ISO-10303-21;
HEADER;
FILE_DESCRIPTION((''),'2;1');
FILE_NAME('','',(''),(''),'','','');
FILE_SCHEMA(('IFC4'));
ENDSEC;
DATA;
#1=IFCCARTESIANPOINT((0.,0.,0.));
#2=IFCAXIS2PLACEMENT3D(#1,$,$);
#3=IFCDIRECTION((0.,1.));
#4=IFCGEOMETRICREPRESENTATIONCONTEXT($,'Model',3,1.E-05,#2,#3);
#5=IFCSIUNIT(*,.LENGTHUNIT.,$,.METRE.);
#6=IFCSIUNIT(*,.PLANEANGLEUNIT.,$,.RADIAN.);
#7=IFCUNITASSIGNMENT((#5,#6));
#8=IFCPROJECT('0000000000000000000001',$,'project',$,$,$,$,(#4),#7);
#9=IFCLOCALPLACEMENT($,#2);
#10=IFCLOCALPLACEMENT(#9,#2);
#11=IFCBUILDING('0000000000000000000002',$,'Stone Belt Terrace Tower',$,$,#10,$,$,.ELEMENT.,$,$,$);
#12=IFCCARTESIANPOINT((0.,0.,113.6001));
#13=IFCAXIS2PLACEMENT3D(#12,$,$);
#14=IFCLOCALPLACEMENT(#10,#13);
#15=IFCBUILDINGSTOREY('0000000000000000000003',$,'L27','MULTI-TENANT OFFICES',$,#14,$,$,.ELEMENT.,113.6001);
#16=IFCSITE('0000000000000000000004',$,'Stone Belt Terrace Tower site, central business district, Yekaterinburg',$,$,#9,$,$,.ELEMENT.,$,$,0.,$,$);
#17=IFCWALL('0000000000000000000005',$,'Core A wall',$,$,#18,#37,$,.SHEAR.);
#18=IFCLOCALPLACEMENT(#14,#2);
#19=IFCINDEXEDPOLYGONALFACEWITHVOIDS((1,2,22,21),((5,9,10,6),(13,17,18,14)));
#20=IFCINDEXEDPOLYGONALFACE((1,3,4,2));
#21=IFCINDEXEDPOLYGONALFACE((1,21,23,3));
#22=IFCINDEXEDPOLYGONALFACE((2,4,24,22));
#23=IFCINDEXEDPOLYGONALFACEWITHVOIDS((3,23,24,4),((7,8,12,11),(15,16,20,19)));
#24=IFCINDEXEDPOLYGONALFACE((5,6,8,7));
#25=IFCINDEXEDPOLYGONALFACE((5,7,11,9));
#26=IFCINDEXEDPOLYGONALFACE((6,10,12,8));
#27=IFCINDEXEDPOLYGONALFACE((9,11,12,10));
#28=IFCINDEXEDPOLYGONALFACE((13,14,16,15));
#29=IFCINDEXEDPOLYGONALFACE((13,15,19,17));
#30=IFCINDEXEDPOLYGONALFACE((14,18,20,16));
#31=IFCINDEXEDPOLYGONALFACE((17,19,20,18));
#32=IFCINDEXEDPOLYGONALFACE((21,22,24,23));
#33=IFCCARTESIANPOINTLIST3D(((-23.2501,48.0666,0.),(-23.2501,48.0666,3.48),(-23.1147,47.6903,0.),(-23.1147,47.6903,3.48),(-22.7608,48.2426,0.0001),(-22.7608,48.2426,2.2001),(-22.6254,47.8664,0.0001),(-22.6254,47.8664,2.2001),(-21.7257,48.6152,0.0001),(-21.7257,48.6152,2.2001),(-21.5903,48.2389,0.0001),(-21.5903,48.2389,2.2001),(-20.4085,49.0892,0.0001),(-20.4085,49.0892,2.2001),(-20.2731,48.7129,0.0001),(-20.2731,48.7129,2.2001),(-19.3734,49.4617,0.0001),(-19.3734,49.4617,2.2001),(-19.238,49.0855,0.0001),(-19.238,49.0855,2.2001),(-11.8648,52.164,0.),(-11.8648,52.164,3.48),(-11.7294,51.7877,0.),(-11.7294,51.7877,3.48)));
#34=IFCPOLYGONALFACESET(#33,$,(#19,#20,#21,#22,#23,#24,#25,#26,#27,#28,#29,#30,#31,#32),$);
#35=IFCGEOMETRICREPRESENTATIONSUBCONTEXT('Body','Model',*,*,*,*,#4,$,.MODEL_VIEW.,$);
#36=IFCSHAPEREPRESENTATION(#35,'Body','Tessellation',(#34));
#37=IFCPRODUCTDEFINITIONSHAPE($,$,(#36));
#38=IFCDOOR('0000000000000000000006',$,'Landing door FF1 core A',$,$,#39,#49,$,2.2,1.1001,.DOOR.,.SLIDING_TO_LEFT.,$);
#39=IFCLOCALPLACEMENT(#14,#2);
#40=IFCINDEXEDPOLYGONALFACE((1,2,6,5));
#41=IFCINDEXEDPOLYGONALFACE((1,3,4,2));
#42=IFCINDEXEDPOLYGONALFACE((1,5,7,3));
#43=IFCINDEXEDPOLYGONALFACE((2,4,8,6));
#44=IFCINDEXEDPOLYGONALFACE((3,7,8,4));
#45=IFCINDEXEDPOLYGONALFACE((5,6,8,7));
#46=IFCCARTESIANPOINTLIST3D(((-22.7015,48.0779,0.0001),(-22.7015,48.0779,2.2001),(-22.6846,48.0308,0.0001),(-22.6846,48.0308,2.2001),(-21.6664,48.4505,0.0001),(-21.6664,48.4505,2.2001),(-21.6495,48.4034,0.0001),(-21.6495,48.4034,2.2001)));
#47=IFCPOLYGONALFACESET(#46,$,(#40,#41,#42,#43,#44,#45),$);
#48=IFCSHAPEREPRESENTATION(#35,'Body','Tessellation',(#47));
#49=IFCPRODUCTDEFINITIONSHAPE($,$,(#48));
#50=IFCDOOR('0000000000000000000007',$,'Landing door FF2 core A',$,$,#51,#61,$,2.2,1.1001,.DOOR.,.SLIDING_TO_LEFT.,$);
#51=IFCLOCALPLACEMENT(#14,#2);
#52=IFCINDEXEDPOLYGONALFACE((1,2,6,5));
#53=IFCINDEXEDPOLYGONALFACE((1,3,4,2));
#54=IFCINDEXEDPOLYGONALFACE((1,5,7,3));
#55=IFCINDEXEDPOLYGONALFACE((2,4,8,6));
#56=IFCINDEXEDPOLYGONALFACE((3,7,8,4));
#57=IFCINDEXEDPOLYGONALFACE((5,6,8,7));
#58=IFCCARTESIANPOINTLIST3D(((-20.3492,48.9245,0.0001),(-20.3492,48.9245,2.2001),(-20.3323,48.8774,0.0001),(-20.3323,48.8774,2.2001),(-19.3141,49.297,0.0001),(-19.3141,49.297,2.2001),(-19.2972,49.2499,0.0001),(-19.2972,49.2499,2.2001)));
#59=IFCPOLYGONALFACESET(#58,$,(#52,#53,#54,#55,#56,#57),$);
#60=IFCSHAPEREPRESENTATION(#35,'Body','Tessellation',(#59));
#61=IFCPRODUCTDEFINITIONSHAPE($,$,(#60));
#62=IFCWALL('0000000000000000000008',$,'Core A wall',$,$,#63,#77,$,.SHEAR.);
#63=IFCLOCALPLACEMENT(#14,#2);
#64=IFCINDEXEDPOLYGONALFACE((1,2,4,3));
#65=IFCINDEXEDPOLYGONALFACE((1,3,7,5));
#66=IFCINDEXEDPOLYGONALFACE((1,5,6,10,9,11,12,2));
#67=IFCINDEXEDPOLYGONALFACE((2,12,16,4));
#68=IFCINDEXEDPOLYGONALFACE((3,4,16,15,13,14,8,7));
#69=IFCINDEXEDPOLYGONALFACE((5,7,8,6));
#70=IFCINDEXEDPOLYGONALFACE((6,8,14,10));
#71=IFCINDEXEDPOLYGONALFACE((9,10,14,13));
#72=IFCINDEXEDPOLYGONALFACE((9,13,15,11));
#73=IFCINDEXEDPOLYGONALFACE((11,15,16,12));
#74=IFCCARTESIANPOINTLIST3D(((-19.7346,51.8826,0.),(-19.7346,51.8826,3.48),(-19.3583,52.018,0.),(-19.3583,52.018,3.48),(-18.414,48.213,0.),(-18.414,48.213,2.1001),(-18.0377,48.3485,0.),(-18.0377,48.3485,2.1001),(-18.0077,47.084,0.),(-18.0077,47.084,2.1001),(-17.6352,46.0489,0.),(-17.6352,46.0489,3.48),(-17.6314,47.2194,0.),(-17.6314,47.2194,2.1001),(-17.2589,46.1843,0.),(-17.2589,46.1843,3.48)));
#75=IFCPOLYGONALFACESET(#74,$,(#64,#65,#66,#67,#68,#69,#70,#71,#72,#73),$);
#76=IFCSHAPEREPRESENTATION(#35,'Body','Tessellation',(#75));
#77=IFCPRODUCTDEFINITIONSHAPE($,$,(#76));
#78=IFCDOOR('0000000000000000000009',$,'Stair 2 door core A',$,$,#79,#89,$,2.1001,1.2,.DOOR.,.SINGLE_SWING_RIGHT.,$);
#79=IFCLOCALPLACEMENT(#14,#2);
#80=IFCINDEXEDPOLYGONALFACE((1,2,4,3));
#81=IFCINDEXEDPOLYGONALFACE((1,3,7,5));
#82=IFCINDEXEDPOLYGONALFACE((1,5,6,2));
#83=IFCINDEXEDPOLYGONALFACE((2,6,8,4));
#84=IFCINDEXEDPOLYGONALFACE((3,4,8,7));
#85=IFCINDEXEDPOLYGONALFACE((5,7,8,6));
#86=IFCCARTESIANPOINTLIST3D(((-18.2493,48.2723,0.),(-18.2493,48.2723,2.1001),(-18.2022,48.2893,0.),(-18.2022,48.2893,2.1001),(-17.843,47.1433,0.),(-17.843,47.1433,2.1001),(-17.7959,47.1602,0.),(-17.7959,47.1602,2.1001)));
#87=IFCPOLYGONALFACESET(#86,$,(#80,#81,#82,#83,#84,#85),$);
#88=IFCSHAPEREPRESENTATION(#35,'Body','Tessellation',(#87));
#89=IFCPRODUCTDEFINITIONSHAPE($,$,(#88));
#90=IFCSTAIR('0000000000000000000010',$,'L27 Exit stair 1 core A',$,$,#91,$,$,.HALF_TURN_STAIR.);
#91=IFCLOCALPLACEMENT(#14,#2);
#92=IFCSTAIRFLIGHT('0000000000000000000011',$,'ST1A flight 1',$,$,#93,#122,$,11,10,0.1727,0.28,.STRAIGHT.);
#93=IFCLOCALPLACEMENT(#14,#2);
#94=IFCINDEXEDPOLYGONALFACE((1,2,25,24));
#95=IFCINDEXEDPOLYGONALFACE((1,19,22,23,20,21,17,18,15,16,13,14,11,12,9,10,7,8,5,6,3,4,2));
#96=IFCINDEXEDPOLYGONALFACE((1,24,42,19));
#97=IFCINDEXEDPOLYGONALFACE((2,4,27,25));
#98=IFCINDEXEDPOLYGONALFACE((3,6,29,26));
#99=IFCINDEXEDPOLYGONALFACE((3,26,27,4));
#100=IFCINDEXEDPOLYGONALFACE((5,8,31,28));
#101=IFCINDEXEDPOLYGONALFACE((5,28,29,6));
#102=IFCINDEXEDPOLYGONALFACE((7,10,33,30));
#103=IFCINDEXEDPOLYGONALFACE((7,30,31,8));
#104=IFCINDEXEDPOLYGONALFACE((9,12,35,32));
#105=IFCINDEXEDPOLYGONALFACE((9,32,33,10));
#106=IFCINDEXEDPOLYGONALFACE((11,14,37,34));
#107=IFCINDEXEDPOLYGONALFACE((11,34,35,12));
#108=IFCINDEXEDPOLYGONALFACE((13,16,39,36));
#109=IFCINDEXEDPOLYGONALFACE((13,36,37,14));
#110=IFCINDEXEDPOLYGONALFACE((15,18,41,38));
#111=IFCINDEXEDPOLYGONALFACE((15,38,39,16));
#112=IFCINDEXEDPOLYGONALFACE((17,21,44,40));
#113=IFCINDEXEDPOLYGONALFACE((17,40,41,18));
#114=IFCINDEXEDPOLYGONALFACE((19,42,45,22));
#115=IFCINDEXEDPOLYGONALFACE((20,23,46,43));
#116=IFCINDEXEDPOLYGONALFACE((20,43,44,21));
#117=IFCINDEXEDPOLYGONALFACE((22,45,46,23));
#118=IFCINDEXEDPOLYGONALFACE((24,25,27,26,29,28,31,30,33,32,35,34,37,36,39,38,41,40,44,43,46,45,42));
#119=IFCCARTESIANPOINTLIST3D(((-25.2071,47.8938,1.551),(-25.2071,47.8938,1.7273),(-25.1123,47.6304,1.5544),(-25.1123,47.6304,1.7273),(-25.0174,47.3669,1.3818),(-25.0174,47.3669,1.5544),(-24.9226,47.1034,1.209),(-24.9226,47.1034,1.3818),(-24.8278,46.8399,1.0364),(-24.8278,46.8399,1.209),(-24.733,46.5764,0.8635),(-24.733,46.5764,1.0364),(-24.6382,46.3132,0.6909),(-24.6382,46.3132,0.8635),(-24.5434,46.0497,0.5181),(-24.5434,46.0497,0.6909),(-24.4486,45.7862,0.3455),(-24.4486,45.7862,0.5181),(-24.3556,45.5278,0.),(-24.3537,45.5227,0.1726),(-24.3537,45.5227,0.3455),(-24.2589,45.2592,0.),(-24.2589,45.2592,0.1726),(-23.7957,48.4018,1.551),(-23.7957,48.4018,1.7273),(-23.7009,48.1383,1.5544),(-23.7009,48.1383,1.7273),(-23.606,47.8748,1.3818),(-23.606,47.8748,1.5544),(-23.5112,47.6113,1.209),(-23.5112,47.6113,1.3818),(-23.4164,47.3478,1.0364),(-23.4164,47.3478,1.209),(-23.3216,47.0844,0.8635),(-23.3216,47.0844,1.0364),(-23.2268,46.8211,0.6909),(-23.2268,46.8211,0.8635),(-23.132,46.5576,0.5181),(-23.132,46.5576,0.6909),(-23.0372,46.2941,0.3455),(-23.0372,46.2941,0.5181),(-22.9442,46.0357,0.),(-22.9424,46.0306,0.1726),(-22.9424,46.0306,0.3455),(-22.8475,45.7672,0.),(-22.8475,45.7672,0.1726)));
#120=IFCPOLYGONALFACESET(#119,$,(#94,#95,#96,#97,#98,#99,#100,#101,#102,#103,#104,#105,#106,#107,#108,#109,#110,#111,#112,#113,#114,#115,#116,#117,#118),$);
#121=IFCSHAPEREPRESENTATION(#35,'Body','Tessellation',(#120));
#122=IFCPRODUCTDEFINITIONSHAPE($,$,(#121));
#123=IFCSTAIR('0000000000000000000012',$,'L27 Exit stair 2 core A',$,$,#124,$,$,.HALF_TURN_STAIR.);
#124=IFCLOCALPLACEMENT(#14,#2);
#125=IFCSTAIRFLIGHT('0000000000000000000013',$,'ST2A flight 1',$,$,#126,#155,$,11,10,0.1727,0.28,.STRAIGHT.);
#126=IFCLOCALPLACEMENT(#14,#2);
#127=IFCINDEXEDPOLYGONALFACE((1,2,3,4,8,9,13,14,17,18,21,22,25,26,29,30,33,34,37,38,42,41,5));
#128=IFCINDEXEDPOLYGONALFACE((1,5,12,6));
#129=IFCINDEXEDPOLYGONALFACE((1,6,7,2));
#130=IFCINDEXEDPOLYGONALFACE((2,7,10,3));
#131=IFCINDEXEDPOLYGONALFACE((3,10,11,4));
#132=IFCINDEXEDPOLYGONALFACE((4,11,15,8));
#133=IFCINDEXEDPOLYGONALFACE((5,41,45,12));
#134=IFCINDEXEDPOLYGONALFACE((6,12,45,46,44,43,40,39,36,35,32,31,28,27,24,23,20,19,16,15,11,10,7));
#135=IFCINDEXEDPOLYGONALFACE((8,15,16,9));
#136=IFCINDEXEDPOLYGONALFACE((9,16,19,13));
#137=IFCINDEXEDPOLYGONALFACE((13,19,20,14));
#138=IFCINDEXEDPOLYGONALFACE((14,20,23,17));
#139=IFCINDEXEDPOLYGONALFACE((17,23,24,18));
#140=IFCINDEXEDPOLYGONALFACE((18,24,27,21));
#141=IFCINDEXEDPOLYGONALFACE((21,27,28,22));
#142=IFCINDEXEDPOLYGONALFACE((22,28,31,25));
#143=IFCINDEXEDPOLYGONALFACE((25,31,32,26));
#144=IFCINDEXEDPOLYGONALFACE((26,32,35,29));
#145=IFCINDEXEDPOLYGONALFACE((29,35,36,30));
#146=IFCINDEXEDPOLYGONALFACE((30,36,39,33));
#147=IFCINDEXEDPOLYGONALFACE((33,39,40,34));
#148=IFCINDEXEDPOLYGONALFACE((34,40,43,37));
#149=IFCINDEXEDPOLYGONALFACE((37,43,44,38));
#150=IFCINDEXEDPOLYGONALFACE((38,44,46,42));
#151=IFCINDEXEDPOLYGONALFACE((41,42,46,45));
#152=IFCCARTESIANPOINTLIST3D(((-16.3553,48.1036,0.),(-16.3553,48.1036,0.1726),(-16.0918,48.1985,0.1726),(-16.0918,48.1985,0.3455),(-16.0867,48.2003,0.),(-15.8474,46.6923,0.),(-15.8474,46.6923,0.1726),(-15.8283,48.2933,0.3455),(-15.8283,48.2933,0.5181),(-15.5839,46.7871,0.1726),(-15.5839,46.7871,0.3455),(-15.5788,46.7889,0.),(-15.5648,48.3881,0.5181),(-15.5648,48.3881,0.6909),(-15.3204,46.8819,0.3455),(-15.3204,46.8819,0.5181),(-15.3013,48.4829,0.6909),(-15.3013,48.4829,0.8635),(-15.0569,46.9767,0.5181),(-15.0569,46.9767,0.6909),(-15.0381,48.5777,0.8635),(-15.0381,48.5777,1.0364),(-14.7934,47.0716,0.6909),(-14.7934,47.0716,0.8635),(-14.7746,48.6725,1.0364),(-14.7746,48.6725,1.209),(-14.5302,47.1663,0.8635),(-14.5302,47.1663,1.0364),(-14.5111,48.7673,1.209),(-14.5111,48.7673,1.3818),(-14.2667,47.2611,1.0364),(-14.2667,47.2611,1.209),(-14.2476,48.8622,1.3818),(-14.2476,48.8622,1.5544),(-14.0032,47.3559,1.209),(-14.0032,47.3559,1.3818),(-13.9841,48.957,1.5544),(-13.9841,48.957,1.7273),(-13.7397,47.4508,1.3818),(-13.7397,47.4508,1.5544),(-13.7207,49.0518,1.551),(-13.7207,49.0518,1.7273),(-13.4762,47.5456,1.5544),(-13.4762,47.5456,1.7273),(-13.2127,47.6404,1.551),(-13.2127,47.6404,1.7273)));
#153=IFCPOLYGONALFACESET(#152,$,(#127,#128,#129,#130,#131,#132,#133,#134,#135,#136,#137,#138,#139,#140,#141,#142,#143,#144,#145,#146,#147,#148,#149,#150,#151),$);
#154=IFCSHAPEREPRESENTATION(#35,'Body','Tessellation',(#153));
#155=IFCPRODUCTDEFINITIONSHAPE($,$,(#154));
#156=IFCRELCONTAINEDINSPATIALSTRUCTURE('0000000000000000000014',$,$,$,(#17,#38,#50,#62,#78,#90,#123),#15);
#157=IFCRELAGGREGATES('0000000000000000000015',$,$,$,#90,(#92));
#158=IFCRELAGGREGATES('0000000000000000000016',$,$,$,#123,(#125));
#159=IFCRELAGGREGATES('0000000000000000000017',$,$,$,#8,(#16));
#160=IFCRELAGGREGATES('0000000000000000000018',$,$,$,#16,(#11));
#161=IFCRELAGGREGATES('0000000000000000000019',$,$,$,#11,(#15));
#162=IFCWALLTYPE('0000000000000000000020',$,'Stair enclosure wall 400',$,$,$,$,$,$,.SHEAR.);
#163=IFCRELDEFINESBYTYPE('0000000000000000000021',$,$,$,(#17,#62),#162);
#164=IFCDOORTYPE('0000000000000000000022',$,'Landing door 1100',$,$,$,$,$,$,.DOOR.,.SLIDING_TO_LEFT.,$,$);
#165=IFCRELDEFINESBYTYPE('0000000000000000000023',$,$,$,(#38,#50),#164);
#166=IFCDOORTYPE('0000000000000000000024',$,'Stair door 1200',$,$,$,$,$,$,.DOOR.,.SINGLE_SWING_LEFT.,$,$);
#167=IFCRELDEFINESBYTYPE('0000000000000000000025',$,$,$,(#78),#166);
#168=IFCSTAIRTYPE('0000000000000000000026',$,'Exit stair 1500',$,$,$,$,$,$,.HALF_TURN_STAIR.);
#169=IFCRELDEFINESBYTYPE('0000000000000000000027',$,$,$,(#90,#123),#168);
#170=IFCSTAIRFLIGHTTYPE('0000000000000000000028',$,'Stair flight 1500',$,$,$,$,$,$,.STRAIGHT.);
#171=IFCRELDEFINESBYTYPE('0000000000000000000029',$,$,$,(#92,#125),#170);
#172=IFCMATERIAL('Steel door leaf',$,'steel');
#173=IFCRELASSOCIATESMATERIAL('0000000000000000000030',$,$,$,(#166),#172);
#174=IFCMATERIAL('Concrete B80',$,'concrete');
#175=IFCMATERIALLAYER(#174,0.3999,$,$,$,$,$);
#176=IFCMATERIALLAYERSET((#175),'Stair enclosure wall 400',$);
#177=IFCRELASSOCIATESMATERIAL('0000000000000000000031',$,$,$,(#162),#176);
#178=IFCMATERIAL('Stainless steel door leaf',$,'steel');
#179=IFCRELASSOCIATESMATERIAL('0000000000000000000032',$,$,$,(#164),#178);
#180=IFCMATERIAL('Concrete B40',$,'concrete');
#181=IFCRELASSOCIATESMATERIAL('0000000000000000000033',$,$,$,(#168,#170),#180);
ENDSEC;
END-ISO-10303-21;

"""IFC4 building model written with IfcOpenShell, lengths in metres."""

from ifc_helpers import new_model, si_unit, direction, frame, frame_2d, origin, place, context, subcontext, project, spatial, polyline, rectangle, outline, extrude, material, layer, layer_set, type_object, element, fill, aggregate, save


model = new_model("IFC4")

# Units and contexts
model_context = context("Model", 3, precision=1e-05, world=origin(), true_north=direction((0.0, 1.0)))
body_context = subcontext(model_context, "Body", "Model", "MODEL_VIEW")
ifc_project = project(units=[si_unit("LENGTHUNIT", "METRE"), si_unit("PLANEANGLEUNIT", "RADIAN")], contexts=[model_context])

# Site, building, storey
site_placement = place(None, origin())
site = spatial("IfcSite", under=ifc_project, at=site_placement, Name="Stone Belt Terrace Tower site, central business district, Yekaterinburg", CompositionType="ELEMENT", RefElevation=0.0)
building_placement = place(site_placement, origin())
building = spatial("IfcBuilding", under=site, at=building_placement, Name="Stone Belt Terrace Tower", CompositionType="ELEMENT")
storey_placement = place(building_placement, frame((0.0, 0.0, 113.6001)))
storey = spatial("IfcBuildingStorey", under=building, at=storey_placement, Name="L27", Description="MULTI-TENANT OFFICES", CompositionType="ELEMENT", Elevation=113.6001)

# Shared definitions
ifc_material_1 = material(Name="Concrete B80", Category="concrete")

# Shared definitions
ifc_material_2 = material(Name="Steel door leaf", Category="steel")
door_type_1 = type_object("IfcDoorType", Name="Stair door 1200", OperationType="SINGLE_SWING_LEFT", PredefinedType="DOOR", material=ifc_material_2)
ifc_layer_1 = layer(ifc_material_1, 0.3999)
ifc_layer_set_1 = layer_set([ifc_layer_1], Name="Stair enclosure wall 400")
wall_type_1 = type_object("IfcWallType", Name="Stair enclosure wall 400", PredefinedType="SHEAR", material=ifc_layer_set_1)

# Wall, openings, doors
wall_1_placement = place(storey_placement, frame((-23.1824, 47.8784, 0.0), z_axis=(0.0, 0.0, 1.0), x_axis=(0.940921, 0.338626, 0.0)))
wall_1 = element("IfcWall", 1, at=wall_1_placement, inside=storey, type_object=wall_type_1, Name="Core A wall", PredefinedType="SHEAR", context=body_context, shape_type="SweptSolid", body=[
    extrude(rectangle(XDim=12.1001, YDim=0.3999, at=frame_2d((6.05, 0.0))), origin(), (0.0, 0.0, 1.0), 3.48),
])
opening_1_placement = place(wall_1_placement, frame((0.52, 0.0, 0.0)))
opening_1 = element("IfcOpeningElement", 2, at=opening_1_placement, cuts=wall_1, PredefinedType="OPENING", context=body_context, shape_type="SweptSolid", body=[
    extrude(rectangle(XDim=1.1001, YDim=2.2, at=frame_2d((0.55, 1.1001))), frame((0.0, 0.21, 0.0), z_axis=(0.0, -1.0, 0.0), x_axis=(1.0, 0.0, 0.0)), (0.0, 0.0, 1.0), 0.4199),
])
opening_2_placement = place(wall_1_placement, frame((3.02, 0.0, 0.0)))
opening_2 = element("IfcOpeningElement", 3, at=opening_2_placement, cuts=wall_1, PredefinedType="OPENING", context=body_context, shape_type="SweptSolid", body=[
    extrude(rectangle(XDim=1.1001, YDim=2.2, at=frame_2d((0.55, 1.1001))), frame((0.0, 0.21, 0.0), z_axis=(0.0, -1.0, 0.0), x_axis=(1.0, 0.0, 0.0)), (0.0, 0.0, 1.0), 0.4199),
])
ifc_material_3 = material(Name="Stainless steel door leaf", Category="steel")
door_type_2 = type_object("IfcDoorType", Name="Landing door 1100", OperationType="SLIDING_TO_LEFT", PredefinedType="DOOR", material=ifc_material_3)
door_1_placement = place(opening_1_placement, origin())
door_1 = element("IfcDoor", 4, at=door_1_placement, inside=storey, type_object=door_type_2, Name="Landing door FF1 core A", OperationType="SLIDING_TO_LEFT", OverallHeight=2.2, OverallWidth=1.1001, PredefinedType="DOOR", context=body_context, shape_type="SweptSolid", body=[
    extrude(rectangle(XDim=1.1001, YDim=2.2, at=frame_2d((0.55, 1.1001))), frame((0.0, 0.0249, 0.0), z_axis=(0.0, -1.0, 0.0), x_axis=(1.0, 0.0, 0.0)), (0.0, 0.0, 1.0), 0.05),
])
fill(opening_1, door_1)
door_2_placement = place(opening_2_placement, origin())
door_2 = element("IfcDoor", 5, at=door_2_placement, inside=storey, type_object=door_type_2, Name="Landing door FF2 core A", OperationType="SLIDING_TO_LEFT", OverallHeight=2.2, OverallWidth=1.1001, PredefinedType="DOOR", context=body_context, shape_type="SweptSolid", body=[
    extrude(rectangle(XDim=1.1001, YDim=2.2, at=frame_2d((0.55, 1.1001))), frame((0.0, 0.0249, 0.0), z_axis=(0.0, -1.0, 0.0), x_axis=(1.0, 0.0, 0.0)), (0.0, 0.0, 1.0), 0.05),
])
fill(opening_2, door_2)

# Wall, opening, door
wall_2_placement = place(storey_placement, frame((-17.447, 46.1165, 0.0), z_axis=(0.0, 0.0, 1.0), x_axis=(-0.338608, 0.940928, 0.0)))
wall_2 = element("IfcWall", 6, at=wall_2_placement, inside=storey, type_object=wall_type_1, Name="Core A wall", PredefinedType="SHEAR", context=body_context, shape_type="SweptSolid", body=[
    extrude(rectangle(XDim=6.2, YDim=0.3999, at=frame_2d((3.1001, 0.0))), origin(), (0.0, 0.0, 1.0), 3.48),
])
opening_3_placement = place(wall_2_placement, frame((1.1001, 0.0, 0.0)))
opening_3 = element("IfcOpeningElement", 7, at=opening_3_placement, cuts=wall_2, PredefinedType="OPENING", context=body_context, shape_type="SweptSolid", body=[
    extrude(rectangle(XDim=1.2, YDim=2.1001, at=frame_2d((0.6001, 1.05))), frame((0.0, 0.21, 0.0), z_axis=(0.0, -1.0, 0.0), x_axis=(1.0, 0.0, 0.0)), (0.0, 0.0, 1.0), 0.4199),
])
door_3_placement = place(opening_3_placement, origin())
door_3 = element("IfcDoor", 8, at=door_3_placement, inside=storey, type_object=door_type_1, Name="Stair 2 door core A", OperationType="SINGLE_SWING_RIGHT", OverallHeight=2.1001, OverallWidth=1.2, PredefinedType="DOOR", context=body_context, shape_type="SweptSolid", body=[
    extrude(rectangle(XDim=1.2, YDim=2.1001, at=frame_2d((0.6001, 1.05))), frame((0.0, 0.0249, 0.0), z_axis=(0.0, -1.0, 0.0), x_axis=(1.0, 0.0, 0.0)), (0.0, 0.0, 1.0), 0.05),
])
fill(opening_3, door_3)

# Stairs, stair flights
ifc_material_4 = material(Name="Concrete B40", Category="concrete")
stair_type = type_object("IfcStairType", Name="Exit stair 1500", PredefinedType="HALF_TURN_STAIR", material=ifc_material_4)
stair_1_placement = place(storey_placement, origin())
stair_1 = element("IfcStair", 9, at=stair_1_placement, inside=storey, type_object=stair_type, Name="L27 Exit stair 1 core A", PredefinedType="HALF_TURN_STAIR")
stair_flight_type = type_object("IfcStairFlightType", Name="Stair flight 1500", PredefinedType="STRAIGHT", material=ifc_material_4)
stair_flight_1_placement = place(storey_placement, frame((-23.5532, 45.5132, 0.0), z_axis=(0.0, 0.0, 1.0), x_axis=(-0.338624, 0.940922, 0.0)))
stair_flight_1 = element("IfcStairFlight", 10, at=stair_flight_1_placement, type_object=stair_flight_type, Name="ST1A flight 1", NumberOfRisers=11, NumberOfTreads=10, PredefinedType="STRAIGHT", RiserHeight=0.1727, TreadLength=0.28, context=body_context, shape_type="SweptSolid", body=[
    extrude(outline(polyline([(0.0, 0.0), (0.0, 0.1726), (0.28, 0.1726), (0.28, 0.3455), (0.5601, 0.3455), (0.5601, 0.5181), (0.8401, 0.5181), (0.8401, 0.6909), (1.1201, 0.6909), (1.1201, 0.8635), (1.3999, 0.8635), (1.3999, 1.0364), (1.6799, 1.0364), (1.6799, 1.209), (1.96, 1.209), (1.96, 1.3818), (2.24, 1.3818), (2.24, 1.5544), (2.52, 1.5544), (2.52, 1.7273), (2.8, 1.7273), (2.8, 1.8999), (2.8, 1.551), (0.2854, 0.0), (0.0, 0.0)])), frame((0.0, 0.75, 0.0), z_axis=(0.0, -1.0, 0.0), x_axis=(1.0, 0.0, 0.0)), (0.0, 0.0, 1.0), 1.5),
])
aggregate(stair_1, [stair_flight_1])
stair_2_placement = place(storey_placement, origin())
stair_2 = element("IfcStair", 11, at=stair_2_placement, inside=storey, type_object=stair_type, Name="L27 Exit stair 2 core A", PredefinedType="HALF_TURN_STAIR")
stair_flight_2_placement = place(storey_placement, frame((-16.1013, 47.3979, 0.0), z_axis=(0.0, 0.0, 1.0), x_axis=(0.940922, 0.338624, 0.0)))
stair_flight_2 = element("IfcStairFlight", 12, at=stair_flight_2_placement, type_object=stair_flight_type, Name="ST2A flight 1", NumberOfRisers=11, NumberOfTreads=10, PredefinedType="STRAIGHT", RiserHeight=0.1727, TreadLength=0.28, context=body_context, shape_type="SweptSolid", body=[
    extrude(outline(polyline([(0.0, 0.0), (0.0, 0.1726), (0.28, 0.1726), (0.28, 0.3455), (0.5601, 0.3455), (0.5601, 0.5181), (0.8401, 0.5181), (0.8401, 0.6909), (1.1201, 0.6909), (1.1201, 0.8635), (1.3999, 0.8635), (1.3999, 1.0364), (1.6799, 1.0364), (1.6799, 1.209), (1.96, 1.209), (1.96, 1.3818), (2.24, 1.3818), (2.24, 1.5544), (2.52, 1.5544), (2.52, 1.7273), (2.8, 1.7273), (2.8, 1.8999), (2.8, 1.551), (0.2854, 0.0), (0.0, 0.0)])), frame((0.0, 0.75, 0.0), z_axis=(0.0, -1.0, 0.0), x_axis=(1.0, 0.0, 0.0)), (0.0, 0.0, 1.0), 1.5),
])
aggregate(stair_2, [stair_flight_2])

save(model, "model.ifc")
